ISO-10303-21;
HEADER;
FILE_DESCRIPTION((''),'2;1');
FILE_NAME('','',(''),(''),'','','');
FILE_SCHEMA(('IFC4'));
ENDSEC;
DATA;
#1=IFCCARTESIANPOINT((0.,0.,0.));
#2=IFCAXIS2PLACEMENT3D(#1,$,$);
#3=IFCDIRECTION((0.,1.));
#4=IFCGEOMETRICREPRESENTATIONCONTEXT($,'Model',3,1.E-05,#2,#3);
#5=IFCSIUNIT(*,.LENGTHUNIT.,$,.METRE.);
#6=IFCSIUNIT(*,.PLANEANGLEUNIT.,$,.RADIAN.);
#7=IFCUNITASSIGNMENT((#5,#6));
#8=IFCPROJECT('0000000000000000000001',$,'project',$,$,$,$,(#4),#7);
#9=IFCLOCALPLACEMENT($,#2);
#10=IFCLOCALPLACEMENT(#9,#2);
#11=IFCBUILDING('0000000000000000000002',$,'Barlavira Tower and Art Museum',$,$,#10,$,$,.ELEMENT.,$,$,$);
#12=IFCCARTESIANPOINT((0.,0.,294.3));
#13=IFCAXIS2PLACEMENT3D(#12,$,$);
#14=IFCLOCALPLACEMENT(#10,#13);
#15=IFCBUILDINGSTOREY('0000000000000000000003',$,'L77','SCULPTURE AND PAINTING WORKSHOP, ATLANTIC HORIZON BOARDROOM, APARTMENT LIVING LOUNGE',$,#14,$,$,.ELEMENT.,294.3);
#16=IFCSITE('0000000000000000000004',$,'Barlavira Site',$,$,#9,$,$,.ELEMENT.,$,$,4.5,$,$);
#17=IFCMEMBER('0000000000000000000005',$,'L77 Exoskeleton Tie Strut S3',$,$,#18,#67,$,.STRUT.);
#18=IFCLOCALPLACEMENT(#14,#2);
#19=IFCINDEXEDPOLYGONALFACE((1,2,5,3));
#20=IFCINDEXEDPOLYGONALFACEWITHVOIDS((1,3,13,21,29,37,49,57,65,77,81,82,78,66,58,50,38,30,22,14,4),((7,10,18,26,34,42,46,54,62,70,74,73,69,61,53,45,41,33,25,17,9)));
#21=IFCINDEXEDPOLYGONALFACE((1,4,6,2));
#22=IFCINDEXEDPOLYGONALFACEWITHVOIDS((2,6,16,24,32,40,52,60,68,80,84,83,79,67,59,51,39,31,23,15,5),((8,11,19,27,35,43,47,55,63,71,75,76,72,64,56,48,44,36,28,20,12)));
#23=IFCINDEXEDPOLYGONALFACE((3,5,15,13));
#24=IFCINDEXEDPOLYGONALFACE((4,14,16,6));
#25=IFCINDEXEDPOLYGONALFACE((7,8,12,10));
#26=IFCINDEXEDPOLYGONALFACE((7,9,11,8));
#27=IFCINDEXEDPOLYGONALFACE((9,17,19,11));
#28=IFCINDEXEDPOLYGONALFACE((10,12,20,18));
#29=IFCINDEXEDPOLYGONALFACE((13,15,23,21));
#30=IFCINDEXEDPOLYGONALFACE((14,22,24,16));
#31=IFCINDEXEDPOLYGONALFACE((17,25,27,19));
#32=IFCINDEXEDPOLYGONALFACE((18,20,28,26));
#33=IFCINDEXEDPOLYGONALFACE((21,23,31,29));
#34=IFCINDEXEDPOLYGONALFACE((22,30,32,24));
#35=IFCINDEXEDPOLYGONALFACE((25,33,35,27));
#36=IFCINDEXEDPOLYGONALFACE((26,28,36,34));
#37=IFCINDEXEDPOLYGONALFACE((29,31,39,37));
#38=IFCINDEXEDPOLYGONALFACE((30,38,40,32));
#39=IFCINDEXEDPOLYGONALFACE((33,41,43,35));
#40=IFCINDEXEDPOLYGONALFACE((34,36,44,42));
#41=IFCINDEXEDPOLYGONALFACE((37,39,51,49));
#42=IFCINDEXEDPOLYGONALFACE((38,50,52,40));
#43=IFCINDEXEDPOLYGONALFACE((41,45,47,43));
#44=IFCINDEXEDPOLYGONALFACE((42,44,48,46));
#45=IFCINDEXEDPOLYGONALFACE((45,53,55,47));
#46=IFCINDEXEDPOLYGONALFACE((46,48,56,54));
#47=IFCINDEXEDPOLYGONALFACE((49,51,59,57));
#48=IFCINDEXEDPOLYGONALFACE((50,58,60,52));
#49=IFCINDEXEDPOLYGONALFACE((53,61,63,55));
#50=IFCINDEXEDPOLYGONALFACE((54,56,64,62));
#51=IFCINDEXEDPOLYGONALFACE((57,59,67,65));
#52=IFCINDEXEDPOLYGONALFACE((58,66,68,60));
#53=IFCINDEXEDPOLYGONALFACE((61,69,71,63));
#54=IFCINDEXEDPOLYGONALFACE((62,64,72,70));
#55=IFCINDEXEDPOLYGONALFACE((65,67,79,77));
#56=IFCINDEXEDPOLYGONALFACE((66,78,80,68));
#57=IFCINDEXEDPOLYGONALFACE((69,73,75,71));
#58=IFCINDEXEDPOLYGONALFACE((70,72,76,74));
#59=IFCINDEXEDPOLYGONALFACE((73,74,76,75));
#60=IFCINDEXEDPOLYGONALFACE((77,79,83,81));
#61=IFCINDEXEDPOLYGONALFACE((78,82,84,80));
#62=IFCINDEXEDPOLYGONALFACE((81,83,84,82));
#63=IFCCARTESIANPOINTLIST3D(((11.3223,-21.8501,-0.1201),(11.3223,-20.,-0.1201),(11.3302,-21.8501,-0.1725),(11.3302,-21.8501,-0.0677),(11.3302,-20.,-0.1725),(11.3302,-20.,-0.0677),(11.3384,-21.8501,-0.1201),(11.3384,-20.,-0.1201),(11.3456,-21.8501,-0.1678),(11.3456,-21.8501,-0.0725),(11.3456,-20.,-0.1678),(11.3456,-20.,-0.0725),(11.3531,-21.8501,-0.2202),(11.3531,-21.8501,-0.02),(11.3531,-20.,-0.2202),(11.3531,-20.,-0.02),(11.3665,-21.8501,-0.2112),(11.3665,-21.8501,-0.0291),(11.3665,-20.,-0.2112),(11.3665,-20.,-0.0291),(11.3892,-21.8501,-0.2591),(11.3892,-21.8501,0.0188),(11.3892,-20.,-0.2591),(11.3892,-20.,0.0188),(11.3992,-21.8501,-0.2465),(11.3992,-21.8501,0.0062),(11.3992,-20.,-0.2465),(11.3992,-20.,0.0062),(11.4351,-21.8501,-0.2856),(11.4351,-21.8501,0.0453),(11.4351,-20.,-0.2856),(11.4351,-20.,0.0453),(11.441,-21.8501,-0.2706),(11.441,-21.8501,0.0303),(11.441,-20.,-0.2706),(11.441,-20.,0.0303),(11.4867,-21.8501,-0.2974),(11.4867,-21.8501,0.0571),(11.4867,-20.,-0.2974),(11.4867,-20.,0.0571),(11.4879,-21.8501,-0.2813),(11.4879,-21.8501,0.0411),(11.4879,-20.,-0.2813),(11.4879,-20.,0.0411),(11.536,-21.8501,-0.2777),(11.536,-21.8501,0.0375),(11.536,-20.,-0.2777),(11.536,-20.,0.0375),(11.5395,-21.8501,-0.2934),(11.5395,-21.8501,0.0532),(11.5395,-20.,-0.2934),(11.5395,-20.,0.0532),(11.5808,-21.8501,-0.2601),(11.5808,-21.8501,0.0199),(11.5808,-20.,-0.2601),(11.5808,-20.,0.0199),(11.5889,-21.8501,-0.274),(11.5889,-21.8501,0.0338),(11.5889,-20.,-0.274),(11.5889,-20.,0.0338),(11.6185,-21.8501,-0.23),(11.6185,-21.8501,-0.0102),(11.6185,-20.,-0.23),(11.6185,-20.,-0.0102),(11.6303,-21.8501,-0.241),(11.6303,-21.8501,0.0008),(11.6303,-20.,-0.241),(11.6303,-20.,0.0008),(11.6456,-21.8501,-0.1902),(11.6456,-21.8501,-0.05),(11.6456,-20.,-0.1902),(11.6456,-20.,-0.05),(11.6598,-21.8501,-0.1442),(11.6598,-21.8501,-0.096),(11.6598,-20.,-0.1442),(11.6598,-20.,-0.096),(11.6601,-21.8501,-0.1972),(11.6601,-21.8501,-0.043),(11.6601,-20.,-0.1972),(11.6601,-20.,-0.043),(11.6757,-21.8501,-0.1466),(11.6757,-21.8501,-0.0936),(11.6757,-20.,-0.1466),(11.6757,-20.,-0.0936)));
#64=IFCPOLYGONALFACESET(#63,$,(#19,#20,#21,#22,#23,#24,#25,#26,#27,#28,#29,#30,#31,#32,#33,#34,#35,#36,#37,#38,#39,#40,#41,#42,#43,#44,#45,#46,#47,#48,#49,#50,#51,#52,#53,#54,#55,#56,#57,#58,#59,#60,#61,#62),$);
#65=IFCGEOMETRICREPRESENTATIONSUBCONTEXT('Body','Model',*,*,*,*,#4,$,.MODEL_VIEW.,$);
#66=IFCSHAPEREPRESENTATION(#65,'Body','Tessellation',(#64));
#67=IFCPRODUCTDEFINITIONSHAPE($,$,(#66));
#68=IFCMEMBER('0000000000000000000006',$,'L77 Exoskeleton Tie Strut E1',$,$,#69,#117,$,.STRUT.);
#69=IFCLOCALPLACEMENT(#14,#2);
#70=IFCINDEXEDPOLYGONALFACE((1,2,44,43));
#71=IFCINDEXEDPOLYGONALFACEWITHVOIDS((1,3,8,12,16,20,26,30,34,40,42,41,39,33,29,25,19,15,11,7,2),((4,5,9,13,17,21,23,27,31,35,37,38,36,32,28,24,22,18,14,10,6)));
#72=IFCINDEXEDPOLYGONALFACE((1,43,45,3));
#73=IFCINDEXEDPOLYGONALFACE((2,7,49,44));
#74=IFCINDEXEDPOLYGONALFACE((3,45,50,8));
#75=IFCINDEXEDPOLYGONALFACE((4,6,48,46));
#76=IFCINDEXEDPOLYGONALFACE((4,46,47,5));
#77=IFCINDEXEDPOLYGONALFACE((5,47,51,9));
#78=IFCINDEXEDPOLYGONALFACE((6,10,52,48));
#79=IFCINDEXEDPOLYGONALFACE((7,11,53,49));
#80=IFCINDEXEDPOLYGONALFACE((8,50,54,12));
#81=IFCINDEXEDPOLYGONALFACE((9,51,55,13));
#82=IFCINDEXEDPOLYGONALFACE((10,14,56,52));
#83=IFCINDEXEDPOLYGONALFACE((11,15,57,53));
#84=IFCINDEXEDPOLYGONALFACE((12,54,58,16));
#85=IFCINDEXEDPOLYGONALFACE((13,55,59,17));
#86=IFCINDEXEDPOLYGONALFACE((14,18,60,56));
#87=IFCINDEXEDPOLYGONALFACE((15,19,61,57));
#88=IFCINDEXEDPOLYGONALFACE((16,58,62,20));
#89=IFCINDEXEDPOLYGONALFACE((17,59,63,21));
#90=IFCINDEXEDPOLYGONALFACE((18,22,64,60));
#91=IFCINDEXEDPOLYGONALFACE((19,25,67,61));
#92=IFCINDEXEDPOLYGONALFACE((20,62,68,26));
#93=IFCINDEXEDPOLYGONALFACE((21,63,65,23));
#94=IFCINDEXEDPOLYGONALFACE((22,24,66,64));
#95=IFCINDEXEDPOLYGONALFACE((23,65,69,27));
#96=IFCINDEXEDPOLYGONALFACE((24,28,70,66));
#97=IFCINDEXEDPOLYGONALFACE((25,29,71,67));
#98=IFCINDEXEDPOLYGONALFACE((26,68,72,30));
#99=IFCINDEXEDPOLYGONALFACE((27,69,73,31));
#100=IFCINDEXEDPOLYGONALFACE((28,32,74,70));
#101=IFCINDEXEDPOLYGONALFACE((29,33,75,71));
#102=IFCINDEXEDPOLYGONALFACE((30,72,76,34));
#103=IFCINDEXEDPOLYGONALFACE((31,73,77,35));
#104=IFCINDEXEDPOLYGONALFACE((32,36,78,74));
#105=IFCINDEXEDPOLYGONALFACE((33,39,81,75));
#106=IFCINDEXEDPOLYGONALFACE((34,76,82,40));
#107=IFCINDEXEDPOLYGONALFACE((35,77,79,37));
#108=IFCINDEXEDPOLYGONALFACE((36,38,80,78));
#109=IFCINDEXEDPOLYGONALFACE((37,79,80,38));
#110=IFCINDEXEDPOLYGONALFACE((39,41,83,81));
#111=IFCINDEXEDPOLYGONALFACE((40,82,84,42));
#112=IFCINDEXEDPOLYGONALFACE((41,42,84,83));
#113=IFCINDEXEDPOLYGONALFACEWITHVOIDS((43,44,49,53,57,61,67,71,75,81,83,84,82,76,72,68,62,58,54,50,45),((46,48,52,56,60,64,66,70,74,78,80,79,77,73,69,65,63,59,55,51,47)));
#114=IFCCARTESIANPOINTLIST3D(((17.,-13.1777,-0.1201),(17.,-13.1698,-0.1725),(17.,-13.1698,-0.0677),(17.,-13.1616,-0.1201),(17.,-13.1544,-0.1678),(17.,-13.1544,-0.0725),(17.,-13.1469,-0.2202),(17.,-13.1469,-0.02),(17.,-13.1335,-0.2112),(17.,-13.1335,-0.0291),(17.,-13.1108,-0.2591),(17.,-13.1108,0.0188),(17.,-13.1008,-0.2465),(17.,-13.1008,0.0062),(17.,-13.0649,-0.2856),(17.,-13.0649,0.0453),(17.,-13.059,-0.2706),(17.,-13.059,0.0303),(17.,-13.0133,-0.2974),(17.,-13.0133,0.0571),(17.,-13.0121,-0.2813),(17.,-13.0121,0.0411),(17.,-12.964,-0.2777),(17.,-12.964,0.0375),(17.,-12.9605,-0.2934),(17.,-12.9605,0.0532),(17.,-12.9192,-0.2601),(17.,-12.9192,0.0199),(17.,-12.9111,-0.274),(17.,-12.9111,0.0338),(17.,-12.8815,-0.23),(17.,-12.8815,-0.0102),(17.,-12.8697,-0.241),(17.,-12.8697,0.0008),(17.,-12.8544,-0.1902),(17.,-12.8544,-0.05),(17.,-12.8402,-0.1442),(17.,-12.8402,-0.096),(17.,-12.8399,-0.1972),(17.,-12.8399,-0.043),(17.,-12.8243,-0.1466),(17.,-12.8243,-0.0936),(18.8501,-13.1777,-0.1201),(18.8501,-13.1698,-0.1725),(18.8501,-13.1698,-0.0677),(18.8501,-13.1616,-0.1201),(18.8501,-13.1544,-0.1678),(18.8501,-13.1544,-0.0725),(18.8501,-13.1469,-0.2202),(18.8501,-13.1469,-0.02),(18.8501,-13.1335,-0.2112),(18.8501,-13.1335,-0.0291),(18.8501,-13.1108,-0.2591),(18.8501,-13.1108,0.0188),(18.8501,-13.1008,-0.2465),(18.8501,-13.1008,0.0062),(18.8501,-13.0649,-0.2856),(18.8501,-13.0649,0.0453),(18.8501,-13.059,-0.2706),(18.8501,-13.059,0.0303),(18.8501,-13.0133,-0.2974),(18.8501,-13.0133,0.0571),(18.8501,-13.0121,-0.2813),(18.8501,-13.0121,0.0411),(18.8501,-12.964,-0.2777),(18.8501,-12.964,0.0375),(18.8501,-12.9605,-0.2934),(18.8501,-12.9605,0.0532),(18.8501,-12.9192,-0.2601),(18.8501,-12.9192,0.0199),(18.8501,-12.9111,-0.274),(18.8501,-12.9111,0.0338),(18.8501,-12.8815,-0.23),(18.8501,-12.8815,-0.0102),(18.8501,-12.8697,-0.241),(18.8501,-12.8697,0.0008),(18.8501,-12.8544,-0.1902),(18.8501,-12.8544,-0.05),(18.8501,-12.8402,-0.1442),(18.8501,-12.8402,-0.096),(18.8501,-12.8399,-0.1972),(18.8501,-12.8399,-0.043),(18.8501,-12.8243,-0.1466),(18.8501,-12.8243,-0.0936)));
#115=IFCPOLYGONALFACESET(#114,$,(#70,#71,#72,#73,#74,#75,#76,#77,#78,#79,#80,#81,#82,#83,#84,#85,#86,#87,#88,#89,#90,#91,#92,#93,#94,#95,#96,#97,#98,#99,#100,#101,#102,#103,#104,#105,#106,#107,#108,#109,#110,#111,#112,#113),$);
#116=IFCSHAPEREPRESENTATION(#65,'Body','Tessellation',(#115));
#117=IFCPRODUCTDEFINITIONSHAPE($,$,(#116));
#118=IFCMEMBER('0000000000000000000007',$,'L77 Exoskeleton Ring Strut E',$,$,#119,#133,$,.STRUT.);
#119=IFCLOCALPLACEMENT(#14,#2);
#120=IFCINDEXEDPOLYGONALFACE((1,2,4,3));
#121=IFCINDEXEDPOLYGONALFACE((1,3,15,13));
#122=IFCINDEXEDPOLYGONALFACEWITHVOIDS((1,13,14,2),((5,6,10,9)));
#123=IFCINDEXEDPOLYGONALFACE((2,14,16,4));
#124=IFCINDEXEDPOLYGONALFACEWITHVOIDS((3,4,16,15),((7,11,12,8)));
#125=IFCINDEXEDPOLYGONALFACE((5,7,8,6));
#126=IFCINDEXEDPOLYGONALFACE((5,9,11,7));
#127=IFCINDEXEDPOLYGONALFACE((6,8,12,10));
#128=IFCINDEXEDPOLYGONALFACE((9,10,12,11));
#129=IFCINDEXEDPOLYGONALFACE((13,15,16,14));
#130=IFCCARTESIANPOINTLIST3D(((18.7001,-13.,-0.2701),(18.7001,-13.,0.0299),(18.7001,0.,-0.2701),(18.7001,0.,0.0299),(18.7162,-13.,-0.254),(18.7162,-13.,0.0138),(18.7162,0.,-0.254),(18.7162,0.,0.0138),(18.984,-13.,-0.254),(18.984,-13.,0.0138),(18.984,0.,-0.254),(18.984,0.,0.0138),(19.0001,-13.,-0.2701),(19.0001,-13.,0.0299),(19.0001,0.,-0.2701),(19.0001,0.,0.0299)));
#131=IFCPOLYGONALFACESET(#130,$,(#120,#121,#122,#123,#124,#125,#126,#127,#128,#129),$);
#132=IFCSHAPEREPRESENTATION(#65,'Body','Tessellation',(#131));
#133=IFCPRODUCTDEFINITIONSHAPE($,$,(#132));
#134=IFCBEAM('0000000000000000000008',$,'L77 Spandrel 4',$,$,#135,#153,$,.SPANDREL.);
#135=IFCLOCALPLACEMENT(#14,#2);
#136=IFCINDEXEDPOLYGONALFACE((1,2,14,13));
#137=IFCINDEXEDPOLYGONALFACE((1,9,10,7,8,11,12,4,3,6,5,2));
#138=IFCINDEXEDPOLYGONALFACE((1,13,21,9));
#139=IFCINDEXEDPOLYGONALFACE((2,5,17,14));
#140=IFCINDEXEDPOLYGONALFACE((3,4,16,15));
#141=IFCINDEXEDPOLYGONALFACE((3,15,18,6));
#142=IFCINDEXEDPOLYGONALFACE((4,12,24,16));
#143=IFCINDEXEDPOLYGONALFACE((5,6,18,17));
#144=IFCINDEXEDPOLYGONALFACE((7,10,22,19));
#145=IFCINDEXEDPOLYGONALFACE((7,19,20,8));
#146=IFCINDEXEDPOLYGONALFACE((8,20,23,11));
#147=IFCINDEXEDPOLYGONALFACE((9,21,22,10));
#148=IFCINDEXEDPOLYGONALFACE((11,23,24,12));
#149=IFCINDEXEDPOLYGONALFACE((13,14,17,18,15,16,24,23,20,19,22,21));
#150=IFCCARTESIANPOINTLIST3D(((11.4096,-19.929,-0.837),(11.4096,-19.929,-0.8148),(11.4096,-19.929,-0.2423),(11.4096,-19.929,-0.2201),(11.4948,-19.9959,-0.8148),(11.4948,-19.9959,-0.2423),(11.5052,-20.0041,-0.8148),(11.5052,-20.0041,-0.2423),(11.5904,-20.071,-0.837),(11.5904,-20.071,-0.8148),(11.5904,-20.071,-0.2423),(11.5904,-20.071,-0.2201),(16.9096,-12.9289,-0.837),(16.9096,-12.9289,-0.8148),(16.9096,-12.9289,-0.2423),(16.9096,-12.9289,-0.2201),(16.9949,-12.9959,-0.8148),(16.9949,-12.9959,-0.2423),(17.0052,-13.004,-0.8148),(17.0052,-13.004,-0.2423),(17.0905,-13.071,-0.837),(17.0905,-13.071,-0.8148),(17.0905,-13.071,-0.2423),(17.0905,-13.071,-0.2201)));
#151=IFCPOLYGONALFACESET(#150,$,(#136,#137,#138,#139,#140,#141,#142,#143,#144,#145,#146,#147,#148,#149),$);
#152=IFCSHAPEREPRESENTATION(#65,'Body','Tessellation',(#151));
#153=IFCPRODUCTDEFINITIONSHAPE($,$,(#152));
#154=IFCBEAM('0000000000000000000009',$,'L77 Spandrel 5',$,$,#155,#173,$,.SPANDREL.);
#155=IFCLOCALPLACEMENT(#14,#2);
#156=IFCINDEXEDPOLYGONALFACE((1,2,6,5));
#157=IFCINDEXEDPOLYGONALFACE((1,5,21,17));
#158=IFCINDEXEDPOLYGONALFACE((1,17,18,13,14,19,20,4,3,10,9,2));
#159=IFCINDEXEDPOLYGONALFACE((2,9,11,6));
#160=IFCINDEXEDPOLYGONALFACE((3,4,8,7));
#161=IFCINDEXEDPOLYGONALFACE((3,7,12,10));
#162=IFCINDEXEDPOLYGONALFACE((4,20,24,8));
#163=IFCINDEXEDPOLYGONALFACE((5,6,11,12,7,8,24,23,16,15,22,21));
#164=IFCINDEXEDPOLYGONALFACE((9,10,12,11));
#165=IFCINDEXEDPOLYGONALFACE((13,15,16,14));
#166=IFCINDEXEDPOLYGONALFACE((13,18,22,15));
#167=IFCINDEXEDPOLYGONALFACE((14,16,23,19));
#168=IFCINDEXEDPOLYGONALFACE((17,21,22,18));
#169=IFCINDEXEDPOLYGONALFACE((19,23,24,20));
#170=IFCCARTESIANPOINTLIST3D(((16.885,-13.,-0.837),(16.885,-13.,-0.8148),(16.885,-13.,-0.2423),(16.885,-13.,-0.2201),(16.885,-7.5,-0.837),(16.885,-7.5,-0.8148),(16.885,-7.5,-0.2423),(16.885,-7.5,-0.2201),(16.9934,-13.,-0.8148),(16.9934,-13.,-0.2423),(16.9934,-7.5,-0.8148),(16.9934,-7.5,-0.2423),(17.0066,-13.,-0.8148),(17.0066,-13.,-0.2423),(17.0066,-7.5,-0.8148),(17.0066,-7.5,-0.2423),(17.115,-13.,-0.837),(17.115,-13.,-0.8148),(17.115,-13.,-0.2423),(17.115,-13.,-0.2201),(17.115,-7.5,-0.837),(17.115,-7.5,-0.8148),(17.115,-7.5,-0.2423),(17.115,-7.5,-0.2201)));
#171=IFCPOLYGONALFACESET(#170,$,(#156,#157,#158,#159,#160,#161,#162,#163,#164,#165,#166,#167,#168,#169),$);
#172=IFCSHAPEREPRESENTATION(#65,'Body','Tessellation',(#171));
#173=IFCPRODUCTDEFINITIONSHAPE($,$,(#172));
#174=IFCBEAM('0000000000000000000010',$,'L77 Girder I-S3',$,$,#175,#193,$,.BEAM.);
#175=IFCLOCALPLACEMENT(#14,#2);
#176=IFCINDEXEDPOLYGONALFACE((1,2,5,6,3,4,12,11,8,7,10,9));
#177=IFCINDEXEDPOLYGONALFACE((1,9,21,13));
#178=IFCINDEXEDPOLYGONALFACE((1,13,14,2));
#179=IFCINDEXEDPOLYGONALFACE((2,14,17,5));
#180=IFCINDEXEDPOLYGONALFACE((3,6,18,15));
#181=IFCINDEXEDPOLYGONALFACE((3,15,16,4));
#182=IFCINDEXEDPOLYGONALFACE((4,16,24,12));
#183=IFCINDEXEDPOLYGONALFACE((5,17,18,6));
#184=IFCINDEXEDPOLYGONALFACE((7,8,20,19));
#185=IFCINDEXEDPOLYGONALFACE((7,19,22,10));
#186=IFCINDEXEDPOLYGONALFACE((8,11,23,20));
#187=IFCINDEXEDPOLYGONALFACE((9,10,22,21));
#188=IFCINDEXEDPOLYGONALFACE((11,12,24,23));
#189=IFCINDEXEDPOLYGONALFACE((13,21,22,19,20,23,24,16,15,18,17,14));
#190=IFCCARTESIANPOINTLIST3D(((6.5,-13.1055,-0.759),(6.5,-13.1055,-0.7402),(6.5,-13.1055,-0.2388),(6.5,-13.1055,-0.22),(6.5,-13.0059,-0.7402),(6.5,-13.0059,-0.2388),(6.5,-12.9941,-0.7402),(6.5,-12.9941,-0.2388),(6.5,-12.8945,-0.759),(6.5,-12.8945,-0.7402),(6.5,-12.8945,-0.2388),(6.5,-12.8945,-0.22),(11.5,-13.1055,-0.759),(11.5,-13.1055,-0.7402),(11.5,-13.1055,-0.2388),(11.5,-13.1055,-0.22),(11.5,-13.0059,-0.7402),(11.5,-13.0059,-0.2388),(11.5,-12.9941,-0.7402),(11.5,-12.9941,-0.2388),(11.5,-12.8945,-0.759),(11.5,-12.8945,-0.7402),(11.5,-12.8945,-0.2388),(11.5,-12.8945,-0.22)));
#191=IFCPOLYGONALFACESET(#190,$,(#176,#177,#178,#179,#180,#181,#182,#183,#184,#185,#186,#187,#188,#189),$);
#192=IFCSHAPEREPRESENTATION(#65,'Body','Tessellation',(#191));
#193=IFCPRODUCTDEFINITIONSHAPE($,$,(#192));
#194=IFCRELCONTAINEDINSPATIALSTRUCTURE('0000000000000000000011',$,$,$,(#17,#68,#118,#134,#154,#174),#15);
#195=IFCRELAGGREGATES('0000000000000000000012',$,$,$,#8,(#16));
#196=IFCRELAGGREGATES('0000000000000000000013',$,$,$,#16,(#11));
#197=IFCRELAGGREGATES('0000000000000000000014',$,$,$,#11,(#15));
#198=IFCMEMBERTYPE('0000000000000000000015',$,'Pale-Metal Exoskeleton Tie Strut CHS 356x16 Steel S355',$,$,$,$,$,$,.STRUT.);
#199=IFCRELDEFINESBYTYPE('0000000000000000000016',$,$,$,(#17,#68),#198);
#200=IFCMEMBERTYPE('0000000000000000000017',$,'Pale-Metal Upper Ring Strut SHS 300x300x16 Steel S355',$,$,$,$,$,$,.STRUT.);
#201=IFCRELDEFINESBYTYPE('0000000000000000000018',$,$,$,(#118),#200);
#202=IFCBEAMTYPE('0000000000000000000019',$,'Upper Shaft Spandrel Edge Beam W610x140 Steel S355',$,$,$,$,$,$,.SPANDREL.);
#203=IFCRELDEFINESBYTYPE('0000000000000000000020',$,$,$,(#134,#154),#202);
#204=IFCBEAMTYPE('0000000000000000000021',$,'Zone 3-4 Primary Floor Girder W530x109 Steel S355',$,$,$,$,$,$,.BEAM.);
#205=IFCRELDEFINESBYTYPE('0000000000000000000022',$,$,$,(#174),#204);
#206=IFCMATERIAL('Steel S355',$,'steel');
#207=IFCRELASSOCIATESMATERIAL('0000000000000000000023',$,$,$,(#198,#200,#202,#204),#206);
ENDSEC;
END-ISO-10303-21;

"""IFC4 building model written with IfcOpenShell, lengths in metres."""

from ifc_helpers import new_model, si_unit, direction, frame, origin, origin_2d, place, context, subcontext, project, spatial, hollow_rectangle, hollow_circle, i_section, extrude, material, material_profile, profile_set, type_object, element, save


model = new_model("IFC4")

# Units and contexts
model_context = context("Model", 3, precision=1e-05, world=origin(), true_north=direction((0.0, 1.0)))
body_context = subcontext(model_context, "Body", "Model", "MODEL_VIEW")
ifc_project = project(units=[si_unit("LENGTHUNIT", "METRE"), si_unit("PLANEANGLEUNIT", "RADIAN")], contexts=[model_context])

# Site, building, storey
site_placement = place(None, origin())
site = spatial("IfcSite", under=ifc_project, at=site_placement, Name="Barlavira Site", CompositionType="ELEMENT", RefElevation=4.5)
building_placement = place(site_placement, origin())
building = spatial("IfcBuilding", under=site, at=building_placement, Name="Barlavira Tower and Art Museum", CompositionType="ELEMENT")
storey_placement = place(building_placement, frame((0.0, 0.0, 294.3)))
storey = spatial("IfcBuildingStorey", under=building, at=storey_placement, Name="L77", Description="SCULPTURE AND PAINTING WORKSHOP, ATLANTIC HORIZON BOARDROOM, APARTMENT LIVING LOUNGE", CompositionType="ELEMENT", Elevation=294.3)

# Members
ifc_material_1 = material(Name="Steel S355", Category="steel")
ifc_material_profile_1 = material_profile(ifc_material_1, hollow_circle(Radius=0.1777, WallThickness=0.0161, at=origin_2d()), Name="CHS 355.6x16.0")
ifc_profile_set_1 = profile_set([ifc_material_profile_1], Name="Steel S355")
member_type_1 = type_object("IfcMemberType", Name="Pale-Metal Exoskeleton Tie Strut CHS 356x16 Steel S355", PredefinedType="STRUT", material=ifc_profile_set_1)
for number, where, z_axis, x_axis, name in (
    (1, (11.5, -21.8501, -0.1201), (0.0, 1.0, 0.0), (-1.0, 0.0, 0.0), "L77 Exoskeleton Tie Strut S3"),
    (2, (18.8501, -13.0, -0.1201), (-1.0, 0.0, 0.0), (0.0, -1.0, 0.0), "L77 Exoskeleton Tie Strut E1"),
):
    element("IfcMember", number, at=place(storey_placement, frame(where, z_axis=z_axis, x_axis=x_axis)), inside=storey, type_object=member_type_1, Name=name, PredefinedType="STRUT", context=body_context, shape_type="SweptSolid", body=[
        extrude(hollow_circle(Radius=0.1777, WallThickness=0.0161, at=origin_2d()), origin(), (0.0, 0.0, 1.0), 1.8501),
    ])
ifc_material_profile_2 = material_profile(ifc_material_1, hollow_rectangle(XDim=0.3, YDim=0.3, WallThickness=0.0161, at=origin_2d()), Name="SHS 300x300x16.0")
ifc_profile_set_2 = profile_set([ifc_material_profile_2], Name="Steel S355")
member_type_2 = type_object("IfcMemberType", Name="Pale-Metal Upper Ring Strut SHS 300x300x16 Steel S355", PredefinedType="STRUT", material=ifc_profile_set_2)
member_1_placement = place(storey_placement, frame((18.8501, -13.0, -0.1201), z_axis=(0.0, 1.0, 0.0), x_axis=(-1.0, 0.0, 0.0)))
element("IfcMember", 3, at=member_1_placement, inside=storey, type_object=member_type_2, Name="L77 Exoskeleton Ring Strut E", PredefinedType="STRUT", context=body_context, shape_type="SweptSolid", body=[
    extrude(hollow_rectangle(XDim=0.3, YDim=0.3, WallThickness=0.0161, at=origin_2d()), origin(), (0.0, 0.0, 1.0), 13.0),
])

# Beams
ifc_material_profile_3 = material_profile(ifc_material_1, i_section(OverallWidth=0.23, OverallDepth=0.6169, WebThickness=0.0132, FlangeThickness=0.0222, at=origin_2d()), Name="W610x140.0")
ifc_profile_set_3 = profile_set([ifc_material_profile_3], Name="Steel S355")
beam_type_1 = type_object("IfcBeamType", Name="Upper Shaft Spandrel Edge Beam W610x140 Steel S355", PredefinedType="SPANDREL", material=ifc_profile_set_3)
beam_1_placement = place(storey_placement, frame((11.5, -20.0, -0.5286), z_axis=(0.617822, 0.786318, 0.0), x_axis=(-0.786318, 0.617822, 0.0)))
element("IfcBeam", 4, at=beam_1_placement, inside=storey, type_object=beam_type_1, Name="L77 Spandrel 4", PredefinedType="SPANDREL", context=body_context, shape_type="SweptSolid", body=[
    extrude(i_section(OverallWidth=0.23, OverallDepth=0.6169, WebThickness=0.0132, FlangeThickness=0.0222, at=origin_2d()), origin(), (0.0, 0.0, 1.0), 8.9023),
])
beam_2_placement = place(storey_placement, frame((17.0, -13.0, -0.5286), z_axis=(0.0, 1.0, 0.0), x_axis=(-1.0, 0.0, 0.0)))
element("IfcBeam", 5, at=beam_2_placement, inside=storey, type_object=beam_type_1, Name="L77 Spandrel 5", PredefinedType="SPANDREL", context=body_context, shape_type="SweptSolid", body=[
    extrude(i_section(OverallWidth=0.23, OverallDepth=0.6169, WebThickness=0.0132, FlangeThickness=0.0222, at=origin_2d()), origin(), (0.0, 0.0, 1.0), 5.5),
])
ifc_material_profile_4 = material_profile(ifc_material_1, i_section(OverallWidth=0.2109, OverallDepth=0.5391, WebThickness=0.0117, FlangeThickness=0.0188, at=origin_2d()), Name="W530x109.0")
ifc_profile_set_4 = profile_set([ifc_material_profile_4], Name="Steel S355")
beam_type_2 = type_object("IfcBeamType", Name="Zone 3-4 Primary Floor Girder W530x109 Steel S355", PredefinedType="BEAM", material=ifc_profile_set_4)
beam_3_placement = place(storey_placement, frame((6.5, -13.0, -0.4895), z_axis=(1.0, 0.0, 0.0), x_axis=(0.0, 1.0, 0.0)))
element("IfcBeam", 6, at=beam_3_placement, inside=storey, type_object=beam_type_2, Name="L77 Girder I-S3", PredefinedType="BEAM", context=body_context, shape_type="SweptSolid", body=[
    extrude(i_section(OverallWidth=0.2109, OverallDepth=0.5391, WebThickness=0.0117, FlangeThickness=0.0188, at=origin_2d()), origin(), (0.0, 0.0, 1.0), 5.0),
])

save(model, "model.ifc")
